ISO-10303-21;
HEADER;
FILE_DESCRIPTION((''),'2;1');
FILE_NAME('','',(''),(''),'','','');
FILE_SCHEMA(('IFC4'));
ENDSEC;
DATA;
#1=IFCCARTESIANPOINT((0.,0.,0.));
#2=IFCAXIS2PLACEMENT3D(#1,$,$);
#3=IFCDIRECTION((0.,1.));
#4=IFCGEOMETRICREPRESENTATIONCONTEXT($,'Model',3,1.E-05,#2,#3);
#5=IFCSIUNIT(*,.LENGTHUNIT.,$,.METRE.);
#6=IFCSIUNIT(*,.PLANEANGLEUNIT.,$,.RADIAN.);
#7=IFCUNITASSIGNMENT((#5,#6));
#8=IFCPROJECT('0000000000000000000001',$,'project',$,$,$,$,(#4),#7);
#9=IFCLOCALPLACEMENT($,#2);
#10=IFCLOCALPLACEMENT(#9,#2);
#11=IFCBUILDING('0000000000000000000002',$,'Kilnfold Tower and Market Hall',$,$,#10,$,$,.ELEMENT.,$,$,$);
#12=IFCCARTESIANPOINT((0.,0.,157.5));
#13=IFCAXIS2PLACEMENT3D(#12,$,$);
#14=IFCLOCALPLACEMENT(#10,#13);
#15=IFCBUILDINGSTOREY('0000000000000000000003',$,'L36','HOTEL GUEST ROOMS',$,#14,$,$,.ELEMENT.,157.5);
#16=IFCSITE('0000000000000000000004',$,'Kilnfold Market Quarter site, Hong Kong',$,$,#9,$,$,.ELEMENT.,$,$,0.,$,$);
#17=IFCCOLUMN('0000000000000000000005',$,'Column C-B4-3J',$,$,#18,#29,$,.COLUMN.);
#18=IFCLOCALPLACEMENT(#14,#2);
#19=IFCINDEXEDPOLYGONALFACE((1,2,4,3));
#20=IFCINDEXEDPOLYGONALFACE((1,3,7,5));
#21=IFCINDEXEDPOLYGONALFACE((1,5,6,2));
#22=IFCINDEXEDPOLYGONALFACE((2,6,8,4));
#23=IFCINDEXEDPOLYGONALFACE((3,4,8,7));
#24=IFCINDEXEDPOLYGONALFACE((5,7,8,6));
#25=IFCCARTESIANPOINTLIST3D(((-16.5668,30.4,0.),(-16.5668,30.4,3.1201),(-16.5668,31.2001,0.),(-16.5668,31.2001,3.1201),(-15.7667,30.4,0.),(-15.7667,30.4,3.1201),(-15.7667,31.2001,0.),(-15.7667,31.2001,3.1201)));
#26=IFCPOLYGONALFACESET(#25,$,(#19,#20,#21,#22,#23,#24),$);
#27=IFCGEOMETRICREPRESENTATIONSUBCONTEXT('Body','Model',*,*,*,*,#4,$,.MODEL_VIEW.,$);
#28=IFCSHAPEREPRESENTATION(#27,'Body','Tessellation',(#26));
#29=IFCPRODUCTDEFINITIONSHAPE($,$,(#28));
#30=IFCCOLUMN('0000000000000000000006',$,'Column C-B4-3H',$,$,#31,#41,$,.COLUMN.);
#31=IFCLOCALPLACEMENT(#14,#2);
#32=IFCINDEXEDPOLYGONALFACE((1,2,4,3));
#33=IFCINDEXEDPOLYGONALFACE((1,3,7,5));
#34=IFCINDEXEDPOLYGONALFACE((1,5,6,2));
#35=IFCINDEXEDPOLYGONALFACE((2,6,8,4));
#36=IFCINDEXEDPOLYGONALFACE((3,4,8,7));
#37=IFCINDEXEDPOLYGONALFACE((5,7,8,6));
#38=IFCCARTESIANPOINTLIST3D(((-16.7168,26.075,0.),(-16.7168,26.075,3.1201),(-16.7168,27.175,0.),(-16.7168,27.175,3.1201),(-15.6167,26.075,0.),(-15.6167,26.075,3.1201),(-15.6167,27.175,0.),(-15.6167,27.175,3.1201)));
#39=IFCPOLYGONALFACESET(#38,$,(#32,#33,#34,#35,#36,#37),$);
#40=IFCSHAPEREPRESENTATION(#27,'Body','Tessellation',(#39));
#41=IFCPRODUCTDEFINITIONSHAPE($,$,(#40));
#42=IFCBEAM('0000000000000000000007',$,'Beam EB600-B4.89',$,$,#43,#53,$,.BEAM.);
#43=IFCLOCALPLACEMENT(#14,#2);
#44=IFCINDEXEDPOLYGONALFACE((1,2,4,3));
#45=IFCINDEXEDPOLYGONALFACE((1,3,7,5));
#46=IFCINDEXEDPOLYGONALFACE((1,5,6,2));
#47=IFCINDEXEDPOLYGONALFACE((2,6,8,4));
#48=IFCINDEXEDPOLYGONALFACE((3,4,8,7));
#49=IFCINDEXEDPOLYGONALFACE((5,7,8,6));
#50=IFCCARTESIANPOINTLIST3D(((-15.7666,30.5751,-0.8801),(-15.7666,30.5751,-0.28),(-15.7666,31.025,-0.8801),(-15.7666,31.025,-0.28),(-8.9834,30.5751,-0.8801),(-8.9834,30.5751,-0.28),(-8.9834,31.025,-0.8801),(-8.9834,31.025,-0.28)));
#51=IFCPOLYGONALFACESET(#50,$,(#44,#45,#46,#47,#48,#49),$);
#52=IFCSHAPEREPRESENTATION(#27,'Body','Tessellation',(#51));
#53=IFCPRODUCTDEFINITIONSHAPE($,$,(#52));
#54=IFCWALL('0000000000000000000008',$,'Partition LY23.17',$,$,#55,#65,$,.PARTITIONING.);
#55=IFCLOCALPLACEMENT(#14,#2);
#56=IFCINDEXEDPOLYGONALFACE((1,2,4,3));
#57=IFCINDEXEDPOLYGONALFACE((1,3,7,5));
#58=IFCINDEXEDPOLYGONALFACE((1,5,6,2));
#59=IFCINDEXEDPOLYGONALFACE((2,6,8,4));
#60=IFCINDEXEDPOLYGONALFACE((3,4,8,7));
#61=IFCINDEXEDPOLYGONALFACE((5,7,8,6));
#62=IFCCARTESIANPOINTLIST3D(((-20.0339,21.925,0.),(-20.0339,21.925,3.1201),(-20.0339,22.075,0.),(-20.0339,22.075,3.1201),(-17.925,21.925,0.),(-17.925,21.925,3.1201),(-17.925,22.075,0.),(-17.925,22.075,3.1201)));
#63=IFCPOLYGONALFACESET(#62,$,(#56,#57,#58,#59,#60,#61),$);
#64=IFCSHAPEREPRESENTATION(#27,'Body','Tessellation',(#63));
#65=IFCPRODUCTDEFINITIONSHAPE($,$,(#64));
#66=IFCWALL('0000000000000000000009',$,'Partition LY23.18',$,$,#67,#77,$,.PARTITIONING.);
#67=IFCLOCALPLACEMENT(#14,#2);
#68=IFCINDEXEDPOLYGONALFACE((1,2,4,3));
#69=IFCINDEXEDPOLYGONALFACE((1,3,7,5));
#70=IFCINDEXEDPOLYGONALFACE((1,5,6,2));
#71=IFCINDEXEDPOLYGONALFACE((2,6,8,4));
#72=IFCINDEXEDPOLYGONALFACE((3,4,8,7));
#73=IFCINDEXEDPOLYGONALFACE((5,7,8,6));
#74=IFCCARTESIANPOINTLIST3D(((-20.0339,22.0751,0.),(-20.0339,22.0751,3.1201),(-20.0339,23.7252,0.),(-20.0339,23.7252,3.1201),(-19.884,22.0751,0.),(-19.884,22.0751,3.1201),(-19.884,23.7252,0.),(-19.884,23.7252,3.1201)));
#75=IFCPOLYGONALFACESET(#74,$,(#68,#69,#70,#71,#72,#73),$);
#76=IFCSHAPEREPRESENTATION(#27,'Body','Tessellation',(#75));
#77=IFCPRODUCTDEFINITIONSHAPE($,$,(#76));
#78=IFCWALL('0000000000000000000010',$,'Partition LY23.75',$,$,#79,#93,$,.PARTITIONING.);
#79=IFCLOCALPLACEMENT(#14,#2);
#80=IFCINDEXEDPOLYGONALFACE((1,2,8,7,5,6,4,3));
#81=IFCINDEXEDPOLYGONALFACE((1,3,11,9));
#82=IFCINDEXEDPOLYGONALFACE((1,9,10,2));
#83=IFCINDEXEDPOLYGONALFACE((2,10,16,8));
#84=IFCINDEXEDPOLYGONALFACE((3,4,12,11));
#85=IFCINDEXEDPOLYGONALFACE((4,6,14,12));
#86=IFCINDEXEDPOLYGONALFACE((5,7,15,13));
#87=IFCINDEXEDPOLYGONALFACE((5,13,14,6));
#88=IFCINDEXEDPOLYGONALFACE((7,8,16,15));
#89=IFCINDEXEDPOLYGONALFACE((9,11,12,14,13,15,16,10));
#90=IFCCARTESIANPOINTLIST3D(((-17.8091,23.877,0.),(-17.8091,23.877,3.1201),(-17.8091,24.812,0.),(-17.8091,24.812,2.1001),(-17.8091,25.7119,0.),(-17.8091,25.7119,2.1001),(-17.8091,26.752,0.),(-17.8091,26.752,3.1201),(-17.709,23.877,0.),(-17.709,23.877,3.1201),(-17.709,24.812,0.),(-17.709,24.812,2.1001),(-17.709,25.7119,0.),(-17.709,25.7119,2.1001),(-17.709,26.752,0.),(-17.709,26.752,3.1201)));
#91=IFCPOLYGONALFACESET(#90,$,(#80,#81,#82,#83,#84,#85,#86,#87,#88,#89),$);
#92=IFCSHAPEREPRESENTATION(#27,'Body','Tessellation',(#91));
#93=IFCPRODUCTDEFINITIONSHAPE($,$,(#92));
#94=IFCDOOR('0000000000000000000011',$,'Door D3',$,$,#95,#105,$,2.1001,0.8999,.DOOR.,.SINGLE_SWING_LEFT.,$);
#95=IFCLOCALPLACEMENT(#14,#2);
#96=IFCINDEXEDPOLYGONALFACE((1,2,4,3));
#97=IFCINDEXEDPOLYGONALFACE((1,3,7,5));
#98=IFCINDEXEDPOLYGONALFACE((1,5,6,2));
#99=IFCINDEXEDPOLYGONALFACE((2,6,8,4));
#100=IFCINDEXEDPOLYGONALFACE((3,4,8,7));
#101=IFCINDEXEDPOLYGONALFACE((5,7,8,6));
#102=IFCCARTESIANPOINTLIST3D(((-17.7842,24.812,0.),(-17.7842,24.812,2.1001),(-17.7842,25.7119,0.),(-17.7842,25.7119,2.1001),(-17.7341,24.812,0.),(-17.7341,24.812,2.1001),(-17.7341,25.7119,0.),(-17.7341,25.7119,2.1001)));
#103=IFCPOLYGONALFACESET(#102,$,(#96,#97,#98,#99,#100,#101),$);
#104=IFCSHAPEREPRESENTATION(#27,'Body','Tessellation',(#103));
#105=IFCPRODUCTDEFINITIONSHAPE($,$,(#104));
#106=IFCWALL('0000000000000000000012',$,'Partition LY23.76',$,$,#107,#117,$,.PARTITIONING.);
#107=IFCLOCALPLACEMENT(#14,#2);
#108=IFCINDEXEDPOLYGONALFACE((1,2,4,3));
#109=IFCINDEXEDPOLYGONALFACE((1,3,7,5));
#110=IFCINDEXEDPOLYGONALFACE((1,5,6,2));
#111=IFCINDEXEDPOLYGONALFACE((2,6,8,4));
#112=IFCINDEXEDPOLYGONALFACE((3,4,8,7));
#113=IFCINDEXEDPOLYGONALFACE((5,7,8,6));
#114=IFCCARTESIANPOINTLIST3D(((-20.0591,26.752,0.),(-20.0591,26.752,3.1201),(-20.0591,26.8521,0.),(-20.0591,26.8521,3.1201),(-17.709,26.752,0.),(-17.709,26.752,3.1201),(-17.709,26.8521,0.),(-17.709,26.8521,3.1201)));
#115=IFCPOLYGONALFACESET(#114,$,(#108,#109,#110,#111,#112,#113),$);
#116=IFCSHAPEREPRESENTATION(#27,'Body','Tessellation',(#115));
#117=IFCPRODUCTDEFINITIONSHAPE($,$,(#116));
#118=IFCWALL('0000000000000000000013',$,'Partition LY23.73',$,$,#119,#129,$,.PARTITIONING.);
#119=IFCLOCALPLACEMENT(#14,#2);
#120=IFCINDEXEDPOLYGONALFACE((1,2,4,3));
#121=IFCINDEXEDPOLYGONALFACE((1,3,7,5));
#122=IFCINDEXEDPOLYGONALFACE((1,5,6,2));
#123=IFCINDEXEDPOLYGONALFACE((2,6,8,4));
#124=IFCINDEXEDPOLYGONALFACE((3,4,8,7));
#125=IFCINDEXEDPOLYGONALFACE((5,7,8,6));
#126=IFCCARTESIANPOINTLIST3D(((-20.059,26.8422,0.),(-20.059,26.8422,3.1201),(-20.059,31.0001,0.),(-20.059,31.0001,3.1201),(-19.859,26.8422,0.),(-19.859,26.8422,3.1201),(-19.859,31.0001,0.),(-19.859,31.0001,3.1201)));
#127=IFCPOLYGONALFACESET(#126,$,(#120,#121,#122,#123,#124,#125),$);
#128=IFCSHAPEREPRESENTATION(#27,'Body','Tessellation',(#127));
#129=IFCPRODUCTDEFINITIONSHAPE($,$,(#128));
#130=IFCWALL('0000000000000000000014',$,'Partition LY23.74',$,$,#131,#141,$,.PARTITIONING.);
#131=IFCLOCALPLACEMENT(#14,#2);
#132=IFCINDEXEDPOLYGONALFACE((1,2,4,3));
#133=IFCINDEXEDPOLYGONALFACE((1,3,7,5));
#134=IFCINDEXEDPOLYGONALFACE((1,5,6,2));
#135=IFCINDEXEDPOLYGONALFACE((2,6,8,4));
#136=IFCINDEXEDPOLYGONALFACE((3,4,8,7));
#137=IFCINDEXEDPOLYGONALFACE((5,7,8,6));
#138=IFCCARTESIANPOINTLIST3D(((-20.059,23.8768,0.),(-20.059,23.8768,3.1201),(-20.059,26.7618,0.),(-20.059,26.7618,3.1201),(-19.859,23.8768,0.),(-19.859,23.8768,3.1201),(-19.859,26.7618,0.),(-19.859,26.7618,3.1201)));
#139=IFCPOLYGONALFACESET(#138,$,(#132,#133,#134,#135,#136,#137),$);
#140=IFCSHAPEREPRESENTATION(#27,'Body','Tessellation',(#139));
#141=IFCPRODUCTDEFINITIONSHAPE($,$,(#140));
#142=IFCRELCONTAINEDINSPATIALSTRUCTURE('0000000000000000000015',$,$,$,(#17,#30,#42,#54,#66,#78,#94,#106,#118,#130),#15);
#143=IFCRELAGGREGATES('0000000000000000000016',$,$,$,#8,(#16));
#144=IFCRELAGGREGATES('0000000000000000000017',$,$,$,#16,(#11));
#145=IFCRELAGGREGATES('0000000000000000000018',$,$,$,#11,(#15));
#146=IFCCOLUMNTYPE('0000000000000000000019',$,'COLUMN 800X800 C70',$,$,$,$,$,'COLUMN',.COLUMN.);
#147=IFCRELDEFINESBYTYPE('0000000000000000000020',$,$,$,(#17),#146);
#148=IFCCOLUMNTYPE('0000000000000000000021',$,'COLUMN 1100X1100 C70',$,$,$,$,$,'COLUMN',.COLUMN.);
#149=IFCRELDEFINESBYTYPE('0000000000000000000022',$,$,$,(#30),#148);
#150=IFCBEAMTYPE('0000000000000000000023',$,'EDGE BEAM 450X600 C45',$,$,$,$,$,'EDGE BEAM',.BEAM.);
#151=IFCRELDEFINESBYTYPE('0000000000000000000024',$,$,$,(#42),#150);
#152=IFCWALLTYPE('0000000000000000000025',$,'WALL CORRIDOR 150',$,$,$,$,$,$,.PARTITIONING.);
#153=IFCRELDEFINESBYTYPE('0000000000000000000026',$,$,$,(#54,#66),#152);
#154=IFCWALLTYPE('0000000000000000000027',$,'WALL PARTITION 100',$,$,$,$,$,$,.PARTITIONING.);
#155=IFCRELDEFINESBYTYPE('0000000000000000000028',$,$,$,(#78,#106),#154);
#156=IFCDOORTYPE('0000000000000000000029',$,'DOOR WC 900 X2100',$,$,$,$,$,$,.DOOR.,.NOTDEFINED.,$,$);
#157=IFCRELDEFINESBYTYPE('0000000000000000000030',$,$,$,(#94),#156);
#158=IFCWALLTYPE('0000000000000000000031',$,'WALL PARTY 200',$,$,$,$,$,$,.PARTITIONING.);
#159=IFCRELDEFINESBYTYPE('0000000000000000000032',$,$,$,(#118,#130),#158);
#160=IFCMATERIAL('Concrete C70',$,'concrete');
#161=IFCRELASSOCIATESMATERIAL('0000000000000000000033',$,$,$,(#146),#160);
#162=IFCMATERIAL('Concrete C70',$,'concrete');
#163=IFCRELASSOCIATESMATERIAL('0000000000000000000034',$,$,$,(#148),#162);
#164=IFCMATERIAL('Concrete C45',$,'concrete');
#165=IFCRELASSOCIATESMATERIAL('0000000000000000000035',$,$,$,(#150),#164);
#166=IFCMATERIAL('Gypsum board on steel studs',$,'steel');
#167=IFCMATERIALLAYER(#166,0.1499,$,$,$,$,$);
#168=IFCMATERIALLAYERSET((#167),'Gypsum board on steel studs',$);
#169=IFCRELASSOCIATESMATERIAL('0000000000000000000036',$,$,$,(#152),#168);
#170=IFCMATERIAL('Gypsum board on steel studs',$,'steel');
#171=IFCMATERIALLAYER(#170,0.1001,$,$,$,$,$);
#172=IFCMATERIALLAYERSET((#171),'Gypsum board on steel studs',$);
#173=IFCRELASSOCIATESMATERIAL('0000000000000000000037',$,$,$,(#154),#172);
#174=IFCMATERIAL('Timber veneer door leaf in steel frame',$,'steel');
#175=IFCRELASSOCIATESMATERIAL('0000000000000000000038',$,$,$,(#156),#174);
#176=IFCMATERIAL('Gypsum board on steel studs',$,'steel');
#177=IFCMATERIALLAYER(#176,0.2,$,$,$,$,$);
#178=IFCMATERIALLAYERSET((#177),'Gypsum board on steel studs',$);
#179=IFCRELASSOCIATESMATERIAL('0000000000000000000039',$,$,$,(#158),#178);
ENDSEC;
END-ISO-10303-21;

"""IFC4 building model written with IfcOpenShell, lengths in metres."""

from ifc_helpers import new_model, si_unit, direction, frame, frame_2d, origin, origin_2d, place, context, subcontext, project, spatial, rectangle, extrude, source, transform, mapped, material, layer, layer_set, material_profile, profile_set, type_object, element, fill, save


model = new_model("IFC4")

# Units and contexts
model_context = context("Model", 3, precision=1e-05, world=origin(), true_north=direction((0.0, 1.0)))
body_context = subcontext(model_context, "Body", "Model", "MODEL_VIEW")
ifc_project = project(units=[si_unit("LENGTHUNIT", "METRE"), si_unit("PLANEANGLEUNIT", "RADIAN")], contexts=[model_context])

# Site, building, storey
site_placement = place(None, origin())
site = spatial("IfcSite", under=ifc_project, at=site_placement, Name="Kilnfold Market Quarter site, Hong Kong", CompositionType="ELEMENT", RefElevation=0.0)
building_placement = place(site_placement, origin())
building = spatial("IfcBuilding", under=site, at=building_placement, Name="Kilnfold Tower and Market Hall", CompositionType="ELEMENT")
storey_placement = place(building_placement, frame((0.0, 0.0, 157.5)))
storey = spatial("IfcBuildingStorey", under=building, at=storey_placement, Name="L36", Description="HOTEL GUEST ROOMS", CompositionType="ELEMENT", Elevation=157.5)

# Columns
ifc_material_1 = material(Name="Concrete C70", Category="concrete")
ifc_material_profile_1 = material_profile(ifc_material_1, rectangle(XDim=0.8, YDim=0.8, at=origin_2d()), Name="RC 800x800")
ifc_profile_set_1 = profile_set([ifc_material_profile_1], Name="Concrete C70")
column_type_1 = type_object("IfcColumnType", Name="COLUMN 800X800 C70", ElementType="COLUMN", PredefinedType="COLUMN", material=ifc_profile_set_1)
shared_shape_1 = source(origin(), body_context, "Body", "SweptSolid", [
    extrude(rectangle(XDim=0.8, YDim=0.8, at=origin_2d()), origin(), (0.0, 0.0, 1.0), 3.1201),
])
column_1_placement = place(storey_placement, frame((-16.1667, 30.8, 0.0), z_axis=(0.0, 0.0, 1.0), x_axis=(1.0, 0.0, 0.0)))
element("IfcColumn", 1, at=column_1_placement, inside=storey, type_object=column_type_1, Name="Column C-B4-3J", PredefinedType="COLUMN", context=body_context, shape_type="MappedRepresentation", body=[
    mapped(shared_shape_1, transform((0.0, 0.0, 0.0))),
])
ifc_material_2 = material(Name="Concrete C70", Category="concrete")
ifc_material_profile_2 = material_profile(ifc_material_2, rectangle(XDim=1.1001, YDim=1.1001, at=origin_2d()), Name="RC 1100x1100")
ifc_profile_set_2 = profile_set([ifc_material_profile_2], Name="Concrete C70")
column_type_2 = type_object("IfcColumnType", Name="COLUMN 1100X1100 C70", ElementType="COLUMN", PredefinedType="COLUMN", material=ifc_profile_set_2)
shared_shape_2 = source(origin(), body_context, "Body", "SweptSolid", [
    extrude(rectangle(XDim=1.1001, YDim=1.1001, at=origin_2d()), origin(), (0.0, 0.0, 1.0), 3.1201),
])
column_2_placement = place(storey_placement, frame((-16.1667, 26.625, 0.0), z_axis=(0.0, 0.0, 1.0), x_axis=(1.0, 0.0, 0.0)))
element("IfcColumn", 2, at=column_2_placement, inside=storey, type_object=column_type_2, Name="Column C-B4-3H", PredefinedType="COLUMN", context=body_context, shape_type="MappedRepresentation", body=[
    mapped(shared_shape_2, transform((0.0, 0.0, 0.0))),
])

# Beam
ifc_material_3 = material(Name="Concrete C45", Category="concrete")
ifc_material_profile_3 = material_profile(ifc_material_3, rectangle(XDim=0.45, YDim=0.6001, at=origin_2d()), Name="RC 450x600")
ifc_profile_set_3 = profile_set([ifc_material_profile_3], Name="Concrete C45")
beam_type = type_object("IfcBeamType", Name="EDGE BEAM 450X600 C45", ElementType="EDGE BEAM", PredefinedType="BEAM", material=ifc_profile_set_3)
shared_shape_3 = source(origin(), body_context, "Body", "SweptSolid", [
    extrude(rectangle(XDim=0.45, YDim=0.6001, at=origin_2d()), origin(), (0.0, 0.0, 1.0), 6.7832),
])
beam_placement = place(storey_placement, frame((-15.7666, 30.8, -0.5801), z_axis=(1.0, 0.0, 0.0), x_axis=(0.0, 1.0, 0.0)))
element("IfcBeam", 3, at=beam_placement, inside=storey, type_object=beam_type, Name="Beam EB600-B4.89", PredefinedType="BEAM", context=body_context, shape_type="MappedRepresentation", body=[
    mapped(shared_shape_3, transform((0.0, 0.0, 0.0))),
])

# Walls
ifc_material_4 = material(Name="Gypsum board on steel studs", Category="steel")
ifc_layer_1 = layer(ifc_material_4, 0.1499)
ifc_layer_set_1 = layer_set([ifc_layer_1], Name="Gypsum board on steel studs")
wall_type_1 = type_object("IfcWallType", Name="WALL CORRIDOR 150", PredefinedType="PARTITIONING", material=ifc_layer_set_1)
wall_1_placement = place(storey_placement, frame((-20.0339, 22.0, 0.0), z_axis=(0.0, 0.0, 1.0), x_axis=(1.0, 0.0, 0.0)))
element("IfcWall", 4, at=wall_1_placement, inside=storey, type_object=wall_type_1, Name="Partition LY23.17", PredefinedType="PARTITIONING", context=body_context, shape_type="SweptSolid", body=[
    extrude(rectangle(XDim=2.1089, YDim=0.1499, at=frame_2d((1.0544, 0.0))), origin(), (0.0, 0.0, 1.0), 3.1201),
])
wall_2_placement = place(storey_placement, frame((-19.959, 22.075, 0.0), z_axis=(0.0, 0.0, 1.0), x_axis=(0.0, 1.0, 0.0)))
element("IfcWall", 5, at=wall_2_placement, inside=storey, type_object=wall_type_1, Name="Partition LY23.18", PredefinedType="PARTITIONING", context=body_context, shape_type="SweptSolid", body=[
    extrude(rectangle(XDim=1.6501, YDim=0.1499, at=frame_2d((0.8252, 0.0))), origin(), (0.0, 0.0, 1.0), 3.1201),
])

# Wall, opening, door
ifc_material_5 = material(Name="Gypsum board on steel studs", Category="steel")
ifc_layer_2 = layer(ifc_material_5, 0.1001)
ifc_layer_set_2 = layer_set([ifc_layer_2], Name="Gypsum board on steel studs")
wall_type_2 = type_object("IfcWallType", Name="WALL PARTITION 100", PredefinedType="PARTITIONING", material=ifc_layer_set_2)
wall_3_placement = place(storey_placement, frame((-17.759, 26.752, 0.0), z_axis=(0.0, 0.0, 1.0), x_axis=(0.0, -1.0, 0.0)))
wall_3 = element("IfcWall", 6, at=wall_3_placement, inside=storey, type_object=wall_type_2, Name="Partition LY23.75", PredefinedType="PARTITIONING", context=body_context, shape_type="SweptSolid", body=[
    extrude(rectangle(XDim=2.875, YDim=0.1001, at=frame_2d((1.4375, 0.0))), origin(), (0.0, 0.0, 1.0), 3.1201),
])
opening_1_placement = place(wall_3_placement, frame((1.04, 0.0, 0.0)))
opening_1 = element("IfcOpeningElement", 7, at=opening_1_placement, cuts=wall_3, PredefinedType="OPENING", context=body_context, shape_type="SweptSolid", body=[
    extrude(rectangle(XDim=0.8999, YDim=2.1001, at=frame_2d((0.45, 1.05))), frame((0.0, 0.0601, 0.0), z_axis=(0.0, -1.0, 0.0), x_axis=(1.0, 0.0, 0.0)), (0.0, 0.0, 1.0), 0.1201),
])
ifc_material_6 = material(Name="Timber veneer door leaf in steel frame", Category="steel")
door_type_1 = type_object("IfcDoorType", Name="DOOR WC 900 X2100", OperationType="NOTDEFINED", PredefinedType="DOOR", material=ifc_material_6)
door_1_placement = place(opening_1_placement, origin())
door_1 = element("IfcDoor", 8, at=door_1_placement, inside=storey, type_object=door_type_1, Name="Door D3", OperationType="SINGLE_SWING_LEFT", OverallHeight=2.1001, OverallWidth=0.8999, PredefinedType="DOOR", context=body_context, shape_type="SweptSolid", body=[
    extrude(rectangle(XDim=0.8999, YDim=2.1001, at=frame_2d((0.45, 1.05))), frame((0.0, 0.0249, 0.0), z_axis=(0.0, -1.0, 0.0), x_axis=(1.0, 0.0, 0.0)), (0.0, 0.0, 1.0), 0.05),
])
fill(opening_1, door_1)

# Walls
wall_4_placement = place(storey_placement, frame((-20.0591, 26.802, 0.0), z_axis=(0.0, 0.0, 1.0), x_axis=(1.0, 0.0, 0.0)))
element("IfcWall", 9, at=wall_4_placement, inside=storey, type_object=wall_type_2, Name="Partition LY23.76", PredefinedType="PARTITIONING", context=body_context, shape_type="SweptSolid", body=[
    extrude(rectangle(XDim=2.3501, YDim=0.1001, at=frame_2d((1.175, 0.0))), origin(), (0.0, 0.0, 1.0), 3.1201),
])
ifc_material_7 = material(Name="Gypsum board on steel studs", Category="steel")
ifc_layer_3 = layer(ifc_material_7, 0.2)
ifc_layer_set_3 = layer_set([ifc_layer_3], Name="Gypsum board on steel studs")
wall_type_3 = type_object("IfcWallType", Name="WALL PARTY 200", PredefinedType="PARTITIONING", material=ifc_layer_set_3)
wall_5_placement = place(storey_placement, frame((-19.959, 26.842, 0.0), z_axis=(0.0, 0.0, 1.0), x_axis=(0.0, 1.0, 0.0)))
element("IfcWall", 10, at=wall_5_placement, inside=storey, type_object=wall_type_3, Name="Partition LY23.73", PredefinedType="PARTITIONING", context=body_context, shape_type="SweptSolid", body=[
    extrude(rectangle(XDim=4.158, YDim=0.2, at=frame_2d((2.0791, 0.0))), origin(), (0.0, 0.0, 1.0), 3.1201),
])
wall_6_placement = place(storey_placement, frame((-19.959, 23.877, 0.0), z_axis=(0.0, 0.0, 1.0), x_axis=(0.0, 1.0, 0.0)))
element("IfcWall", 11, at=wall_6_placement, inside=storey, type_object=wall_type_3, Name="Partition LY23.74", PredefinedType="PARTITIONING", context=body_context, shape_type="SweptSolid", body=[
    extrude(rectangle(XDim=2.885, YDim=0.2, at=frame_2d((1.4424, 0.0))), origin(), (0.0, 0.0, 1.0), 3.1201),
])

save(model, "model.ifc")
